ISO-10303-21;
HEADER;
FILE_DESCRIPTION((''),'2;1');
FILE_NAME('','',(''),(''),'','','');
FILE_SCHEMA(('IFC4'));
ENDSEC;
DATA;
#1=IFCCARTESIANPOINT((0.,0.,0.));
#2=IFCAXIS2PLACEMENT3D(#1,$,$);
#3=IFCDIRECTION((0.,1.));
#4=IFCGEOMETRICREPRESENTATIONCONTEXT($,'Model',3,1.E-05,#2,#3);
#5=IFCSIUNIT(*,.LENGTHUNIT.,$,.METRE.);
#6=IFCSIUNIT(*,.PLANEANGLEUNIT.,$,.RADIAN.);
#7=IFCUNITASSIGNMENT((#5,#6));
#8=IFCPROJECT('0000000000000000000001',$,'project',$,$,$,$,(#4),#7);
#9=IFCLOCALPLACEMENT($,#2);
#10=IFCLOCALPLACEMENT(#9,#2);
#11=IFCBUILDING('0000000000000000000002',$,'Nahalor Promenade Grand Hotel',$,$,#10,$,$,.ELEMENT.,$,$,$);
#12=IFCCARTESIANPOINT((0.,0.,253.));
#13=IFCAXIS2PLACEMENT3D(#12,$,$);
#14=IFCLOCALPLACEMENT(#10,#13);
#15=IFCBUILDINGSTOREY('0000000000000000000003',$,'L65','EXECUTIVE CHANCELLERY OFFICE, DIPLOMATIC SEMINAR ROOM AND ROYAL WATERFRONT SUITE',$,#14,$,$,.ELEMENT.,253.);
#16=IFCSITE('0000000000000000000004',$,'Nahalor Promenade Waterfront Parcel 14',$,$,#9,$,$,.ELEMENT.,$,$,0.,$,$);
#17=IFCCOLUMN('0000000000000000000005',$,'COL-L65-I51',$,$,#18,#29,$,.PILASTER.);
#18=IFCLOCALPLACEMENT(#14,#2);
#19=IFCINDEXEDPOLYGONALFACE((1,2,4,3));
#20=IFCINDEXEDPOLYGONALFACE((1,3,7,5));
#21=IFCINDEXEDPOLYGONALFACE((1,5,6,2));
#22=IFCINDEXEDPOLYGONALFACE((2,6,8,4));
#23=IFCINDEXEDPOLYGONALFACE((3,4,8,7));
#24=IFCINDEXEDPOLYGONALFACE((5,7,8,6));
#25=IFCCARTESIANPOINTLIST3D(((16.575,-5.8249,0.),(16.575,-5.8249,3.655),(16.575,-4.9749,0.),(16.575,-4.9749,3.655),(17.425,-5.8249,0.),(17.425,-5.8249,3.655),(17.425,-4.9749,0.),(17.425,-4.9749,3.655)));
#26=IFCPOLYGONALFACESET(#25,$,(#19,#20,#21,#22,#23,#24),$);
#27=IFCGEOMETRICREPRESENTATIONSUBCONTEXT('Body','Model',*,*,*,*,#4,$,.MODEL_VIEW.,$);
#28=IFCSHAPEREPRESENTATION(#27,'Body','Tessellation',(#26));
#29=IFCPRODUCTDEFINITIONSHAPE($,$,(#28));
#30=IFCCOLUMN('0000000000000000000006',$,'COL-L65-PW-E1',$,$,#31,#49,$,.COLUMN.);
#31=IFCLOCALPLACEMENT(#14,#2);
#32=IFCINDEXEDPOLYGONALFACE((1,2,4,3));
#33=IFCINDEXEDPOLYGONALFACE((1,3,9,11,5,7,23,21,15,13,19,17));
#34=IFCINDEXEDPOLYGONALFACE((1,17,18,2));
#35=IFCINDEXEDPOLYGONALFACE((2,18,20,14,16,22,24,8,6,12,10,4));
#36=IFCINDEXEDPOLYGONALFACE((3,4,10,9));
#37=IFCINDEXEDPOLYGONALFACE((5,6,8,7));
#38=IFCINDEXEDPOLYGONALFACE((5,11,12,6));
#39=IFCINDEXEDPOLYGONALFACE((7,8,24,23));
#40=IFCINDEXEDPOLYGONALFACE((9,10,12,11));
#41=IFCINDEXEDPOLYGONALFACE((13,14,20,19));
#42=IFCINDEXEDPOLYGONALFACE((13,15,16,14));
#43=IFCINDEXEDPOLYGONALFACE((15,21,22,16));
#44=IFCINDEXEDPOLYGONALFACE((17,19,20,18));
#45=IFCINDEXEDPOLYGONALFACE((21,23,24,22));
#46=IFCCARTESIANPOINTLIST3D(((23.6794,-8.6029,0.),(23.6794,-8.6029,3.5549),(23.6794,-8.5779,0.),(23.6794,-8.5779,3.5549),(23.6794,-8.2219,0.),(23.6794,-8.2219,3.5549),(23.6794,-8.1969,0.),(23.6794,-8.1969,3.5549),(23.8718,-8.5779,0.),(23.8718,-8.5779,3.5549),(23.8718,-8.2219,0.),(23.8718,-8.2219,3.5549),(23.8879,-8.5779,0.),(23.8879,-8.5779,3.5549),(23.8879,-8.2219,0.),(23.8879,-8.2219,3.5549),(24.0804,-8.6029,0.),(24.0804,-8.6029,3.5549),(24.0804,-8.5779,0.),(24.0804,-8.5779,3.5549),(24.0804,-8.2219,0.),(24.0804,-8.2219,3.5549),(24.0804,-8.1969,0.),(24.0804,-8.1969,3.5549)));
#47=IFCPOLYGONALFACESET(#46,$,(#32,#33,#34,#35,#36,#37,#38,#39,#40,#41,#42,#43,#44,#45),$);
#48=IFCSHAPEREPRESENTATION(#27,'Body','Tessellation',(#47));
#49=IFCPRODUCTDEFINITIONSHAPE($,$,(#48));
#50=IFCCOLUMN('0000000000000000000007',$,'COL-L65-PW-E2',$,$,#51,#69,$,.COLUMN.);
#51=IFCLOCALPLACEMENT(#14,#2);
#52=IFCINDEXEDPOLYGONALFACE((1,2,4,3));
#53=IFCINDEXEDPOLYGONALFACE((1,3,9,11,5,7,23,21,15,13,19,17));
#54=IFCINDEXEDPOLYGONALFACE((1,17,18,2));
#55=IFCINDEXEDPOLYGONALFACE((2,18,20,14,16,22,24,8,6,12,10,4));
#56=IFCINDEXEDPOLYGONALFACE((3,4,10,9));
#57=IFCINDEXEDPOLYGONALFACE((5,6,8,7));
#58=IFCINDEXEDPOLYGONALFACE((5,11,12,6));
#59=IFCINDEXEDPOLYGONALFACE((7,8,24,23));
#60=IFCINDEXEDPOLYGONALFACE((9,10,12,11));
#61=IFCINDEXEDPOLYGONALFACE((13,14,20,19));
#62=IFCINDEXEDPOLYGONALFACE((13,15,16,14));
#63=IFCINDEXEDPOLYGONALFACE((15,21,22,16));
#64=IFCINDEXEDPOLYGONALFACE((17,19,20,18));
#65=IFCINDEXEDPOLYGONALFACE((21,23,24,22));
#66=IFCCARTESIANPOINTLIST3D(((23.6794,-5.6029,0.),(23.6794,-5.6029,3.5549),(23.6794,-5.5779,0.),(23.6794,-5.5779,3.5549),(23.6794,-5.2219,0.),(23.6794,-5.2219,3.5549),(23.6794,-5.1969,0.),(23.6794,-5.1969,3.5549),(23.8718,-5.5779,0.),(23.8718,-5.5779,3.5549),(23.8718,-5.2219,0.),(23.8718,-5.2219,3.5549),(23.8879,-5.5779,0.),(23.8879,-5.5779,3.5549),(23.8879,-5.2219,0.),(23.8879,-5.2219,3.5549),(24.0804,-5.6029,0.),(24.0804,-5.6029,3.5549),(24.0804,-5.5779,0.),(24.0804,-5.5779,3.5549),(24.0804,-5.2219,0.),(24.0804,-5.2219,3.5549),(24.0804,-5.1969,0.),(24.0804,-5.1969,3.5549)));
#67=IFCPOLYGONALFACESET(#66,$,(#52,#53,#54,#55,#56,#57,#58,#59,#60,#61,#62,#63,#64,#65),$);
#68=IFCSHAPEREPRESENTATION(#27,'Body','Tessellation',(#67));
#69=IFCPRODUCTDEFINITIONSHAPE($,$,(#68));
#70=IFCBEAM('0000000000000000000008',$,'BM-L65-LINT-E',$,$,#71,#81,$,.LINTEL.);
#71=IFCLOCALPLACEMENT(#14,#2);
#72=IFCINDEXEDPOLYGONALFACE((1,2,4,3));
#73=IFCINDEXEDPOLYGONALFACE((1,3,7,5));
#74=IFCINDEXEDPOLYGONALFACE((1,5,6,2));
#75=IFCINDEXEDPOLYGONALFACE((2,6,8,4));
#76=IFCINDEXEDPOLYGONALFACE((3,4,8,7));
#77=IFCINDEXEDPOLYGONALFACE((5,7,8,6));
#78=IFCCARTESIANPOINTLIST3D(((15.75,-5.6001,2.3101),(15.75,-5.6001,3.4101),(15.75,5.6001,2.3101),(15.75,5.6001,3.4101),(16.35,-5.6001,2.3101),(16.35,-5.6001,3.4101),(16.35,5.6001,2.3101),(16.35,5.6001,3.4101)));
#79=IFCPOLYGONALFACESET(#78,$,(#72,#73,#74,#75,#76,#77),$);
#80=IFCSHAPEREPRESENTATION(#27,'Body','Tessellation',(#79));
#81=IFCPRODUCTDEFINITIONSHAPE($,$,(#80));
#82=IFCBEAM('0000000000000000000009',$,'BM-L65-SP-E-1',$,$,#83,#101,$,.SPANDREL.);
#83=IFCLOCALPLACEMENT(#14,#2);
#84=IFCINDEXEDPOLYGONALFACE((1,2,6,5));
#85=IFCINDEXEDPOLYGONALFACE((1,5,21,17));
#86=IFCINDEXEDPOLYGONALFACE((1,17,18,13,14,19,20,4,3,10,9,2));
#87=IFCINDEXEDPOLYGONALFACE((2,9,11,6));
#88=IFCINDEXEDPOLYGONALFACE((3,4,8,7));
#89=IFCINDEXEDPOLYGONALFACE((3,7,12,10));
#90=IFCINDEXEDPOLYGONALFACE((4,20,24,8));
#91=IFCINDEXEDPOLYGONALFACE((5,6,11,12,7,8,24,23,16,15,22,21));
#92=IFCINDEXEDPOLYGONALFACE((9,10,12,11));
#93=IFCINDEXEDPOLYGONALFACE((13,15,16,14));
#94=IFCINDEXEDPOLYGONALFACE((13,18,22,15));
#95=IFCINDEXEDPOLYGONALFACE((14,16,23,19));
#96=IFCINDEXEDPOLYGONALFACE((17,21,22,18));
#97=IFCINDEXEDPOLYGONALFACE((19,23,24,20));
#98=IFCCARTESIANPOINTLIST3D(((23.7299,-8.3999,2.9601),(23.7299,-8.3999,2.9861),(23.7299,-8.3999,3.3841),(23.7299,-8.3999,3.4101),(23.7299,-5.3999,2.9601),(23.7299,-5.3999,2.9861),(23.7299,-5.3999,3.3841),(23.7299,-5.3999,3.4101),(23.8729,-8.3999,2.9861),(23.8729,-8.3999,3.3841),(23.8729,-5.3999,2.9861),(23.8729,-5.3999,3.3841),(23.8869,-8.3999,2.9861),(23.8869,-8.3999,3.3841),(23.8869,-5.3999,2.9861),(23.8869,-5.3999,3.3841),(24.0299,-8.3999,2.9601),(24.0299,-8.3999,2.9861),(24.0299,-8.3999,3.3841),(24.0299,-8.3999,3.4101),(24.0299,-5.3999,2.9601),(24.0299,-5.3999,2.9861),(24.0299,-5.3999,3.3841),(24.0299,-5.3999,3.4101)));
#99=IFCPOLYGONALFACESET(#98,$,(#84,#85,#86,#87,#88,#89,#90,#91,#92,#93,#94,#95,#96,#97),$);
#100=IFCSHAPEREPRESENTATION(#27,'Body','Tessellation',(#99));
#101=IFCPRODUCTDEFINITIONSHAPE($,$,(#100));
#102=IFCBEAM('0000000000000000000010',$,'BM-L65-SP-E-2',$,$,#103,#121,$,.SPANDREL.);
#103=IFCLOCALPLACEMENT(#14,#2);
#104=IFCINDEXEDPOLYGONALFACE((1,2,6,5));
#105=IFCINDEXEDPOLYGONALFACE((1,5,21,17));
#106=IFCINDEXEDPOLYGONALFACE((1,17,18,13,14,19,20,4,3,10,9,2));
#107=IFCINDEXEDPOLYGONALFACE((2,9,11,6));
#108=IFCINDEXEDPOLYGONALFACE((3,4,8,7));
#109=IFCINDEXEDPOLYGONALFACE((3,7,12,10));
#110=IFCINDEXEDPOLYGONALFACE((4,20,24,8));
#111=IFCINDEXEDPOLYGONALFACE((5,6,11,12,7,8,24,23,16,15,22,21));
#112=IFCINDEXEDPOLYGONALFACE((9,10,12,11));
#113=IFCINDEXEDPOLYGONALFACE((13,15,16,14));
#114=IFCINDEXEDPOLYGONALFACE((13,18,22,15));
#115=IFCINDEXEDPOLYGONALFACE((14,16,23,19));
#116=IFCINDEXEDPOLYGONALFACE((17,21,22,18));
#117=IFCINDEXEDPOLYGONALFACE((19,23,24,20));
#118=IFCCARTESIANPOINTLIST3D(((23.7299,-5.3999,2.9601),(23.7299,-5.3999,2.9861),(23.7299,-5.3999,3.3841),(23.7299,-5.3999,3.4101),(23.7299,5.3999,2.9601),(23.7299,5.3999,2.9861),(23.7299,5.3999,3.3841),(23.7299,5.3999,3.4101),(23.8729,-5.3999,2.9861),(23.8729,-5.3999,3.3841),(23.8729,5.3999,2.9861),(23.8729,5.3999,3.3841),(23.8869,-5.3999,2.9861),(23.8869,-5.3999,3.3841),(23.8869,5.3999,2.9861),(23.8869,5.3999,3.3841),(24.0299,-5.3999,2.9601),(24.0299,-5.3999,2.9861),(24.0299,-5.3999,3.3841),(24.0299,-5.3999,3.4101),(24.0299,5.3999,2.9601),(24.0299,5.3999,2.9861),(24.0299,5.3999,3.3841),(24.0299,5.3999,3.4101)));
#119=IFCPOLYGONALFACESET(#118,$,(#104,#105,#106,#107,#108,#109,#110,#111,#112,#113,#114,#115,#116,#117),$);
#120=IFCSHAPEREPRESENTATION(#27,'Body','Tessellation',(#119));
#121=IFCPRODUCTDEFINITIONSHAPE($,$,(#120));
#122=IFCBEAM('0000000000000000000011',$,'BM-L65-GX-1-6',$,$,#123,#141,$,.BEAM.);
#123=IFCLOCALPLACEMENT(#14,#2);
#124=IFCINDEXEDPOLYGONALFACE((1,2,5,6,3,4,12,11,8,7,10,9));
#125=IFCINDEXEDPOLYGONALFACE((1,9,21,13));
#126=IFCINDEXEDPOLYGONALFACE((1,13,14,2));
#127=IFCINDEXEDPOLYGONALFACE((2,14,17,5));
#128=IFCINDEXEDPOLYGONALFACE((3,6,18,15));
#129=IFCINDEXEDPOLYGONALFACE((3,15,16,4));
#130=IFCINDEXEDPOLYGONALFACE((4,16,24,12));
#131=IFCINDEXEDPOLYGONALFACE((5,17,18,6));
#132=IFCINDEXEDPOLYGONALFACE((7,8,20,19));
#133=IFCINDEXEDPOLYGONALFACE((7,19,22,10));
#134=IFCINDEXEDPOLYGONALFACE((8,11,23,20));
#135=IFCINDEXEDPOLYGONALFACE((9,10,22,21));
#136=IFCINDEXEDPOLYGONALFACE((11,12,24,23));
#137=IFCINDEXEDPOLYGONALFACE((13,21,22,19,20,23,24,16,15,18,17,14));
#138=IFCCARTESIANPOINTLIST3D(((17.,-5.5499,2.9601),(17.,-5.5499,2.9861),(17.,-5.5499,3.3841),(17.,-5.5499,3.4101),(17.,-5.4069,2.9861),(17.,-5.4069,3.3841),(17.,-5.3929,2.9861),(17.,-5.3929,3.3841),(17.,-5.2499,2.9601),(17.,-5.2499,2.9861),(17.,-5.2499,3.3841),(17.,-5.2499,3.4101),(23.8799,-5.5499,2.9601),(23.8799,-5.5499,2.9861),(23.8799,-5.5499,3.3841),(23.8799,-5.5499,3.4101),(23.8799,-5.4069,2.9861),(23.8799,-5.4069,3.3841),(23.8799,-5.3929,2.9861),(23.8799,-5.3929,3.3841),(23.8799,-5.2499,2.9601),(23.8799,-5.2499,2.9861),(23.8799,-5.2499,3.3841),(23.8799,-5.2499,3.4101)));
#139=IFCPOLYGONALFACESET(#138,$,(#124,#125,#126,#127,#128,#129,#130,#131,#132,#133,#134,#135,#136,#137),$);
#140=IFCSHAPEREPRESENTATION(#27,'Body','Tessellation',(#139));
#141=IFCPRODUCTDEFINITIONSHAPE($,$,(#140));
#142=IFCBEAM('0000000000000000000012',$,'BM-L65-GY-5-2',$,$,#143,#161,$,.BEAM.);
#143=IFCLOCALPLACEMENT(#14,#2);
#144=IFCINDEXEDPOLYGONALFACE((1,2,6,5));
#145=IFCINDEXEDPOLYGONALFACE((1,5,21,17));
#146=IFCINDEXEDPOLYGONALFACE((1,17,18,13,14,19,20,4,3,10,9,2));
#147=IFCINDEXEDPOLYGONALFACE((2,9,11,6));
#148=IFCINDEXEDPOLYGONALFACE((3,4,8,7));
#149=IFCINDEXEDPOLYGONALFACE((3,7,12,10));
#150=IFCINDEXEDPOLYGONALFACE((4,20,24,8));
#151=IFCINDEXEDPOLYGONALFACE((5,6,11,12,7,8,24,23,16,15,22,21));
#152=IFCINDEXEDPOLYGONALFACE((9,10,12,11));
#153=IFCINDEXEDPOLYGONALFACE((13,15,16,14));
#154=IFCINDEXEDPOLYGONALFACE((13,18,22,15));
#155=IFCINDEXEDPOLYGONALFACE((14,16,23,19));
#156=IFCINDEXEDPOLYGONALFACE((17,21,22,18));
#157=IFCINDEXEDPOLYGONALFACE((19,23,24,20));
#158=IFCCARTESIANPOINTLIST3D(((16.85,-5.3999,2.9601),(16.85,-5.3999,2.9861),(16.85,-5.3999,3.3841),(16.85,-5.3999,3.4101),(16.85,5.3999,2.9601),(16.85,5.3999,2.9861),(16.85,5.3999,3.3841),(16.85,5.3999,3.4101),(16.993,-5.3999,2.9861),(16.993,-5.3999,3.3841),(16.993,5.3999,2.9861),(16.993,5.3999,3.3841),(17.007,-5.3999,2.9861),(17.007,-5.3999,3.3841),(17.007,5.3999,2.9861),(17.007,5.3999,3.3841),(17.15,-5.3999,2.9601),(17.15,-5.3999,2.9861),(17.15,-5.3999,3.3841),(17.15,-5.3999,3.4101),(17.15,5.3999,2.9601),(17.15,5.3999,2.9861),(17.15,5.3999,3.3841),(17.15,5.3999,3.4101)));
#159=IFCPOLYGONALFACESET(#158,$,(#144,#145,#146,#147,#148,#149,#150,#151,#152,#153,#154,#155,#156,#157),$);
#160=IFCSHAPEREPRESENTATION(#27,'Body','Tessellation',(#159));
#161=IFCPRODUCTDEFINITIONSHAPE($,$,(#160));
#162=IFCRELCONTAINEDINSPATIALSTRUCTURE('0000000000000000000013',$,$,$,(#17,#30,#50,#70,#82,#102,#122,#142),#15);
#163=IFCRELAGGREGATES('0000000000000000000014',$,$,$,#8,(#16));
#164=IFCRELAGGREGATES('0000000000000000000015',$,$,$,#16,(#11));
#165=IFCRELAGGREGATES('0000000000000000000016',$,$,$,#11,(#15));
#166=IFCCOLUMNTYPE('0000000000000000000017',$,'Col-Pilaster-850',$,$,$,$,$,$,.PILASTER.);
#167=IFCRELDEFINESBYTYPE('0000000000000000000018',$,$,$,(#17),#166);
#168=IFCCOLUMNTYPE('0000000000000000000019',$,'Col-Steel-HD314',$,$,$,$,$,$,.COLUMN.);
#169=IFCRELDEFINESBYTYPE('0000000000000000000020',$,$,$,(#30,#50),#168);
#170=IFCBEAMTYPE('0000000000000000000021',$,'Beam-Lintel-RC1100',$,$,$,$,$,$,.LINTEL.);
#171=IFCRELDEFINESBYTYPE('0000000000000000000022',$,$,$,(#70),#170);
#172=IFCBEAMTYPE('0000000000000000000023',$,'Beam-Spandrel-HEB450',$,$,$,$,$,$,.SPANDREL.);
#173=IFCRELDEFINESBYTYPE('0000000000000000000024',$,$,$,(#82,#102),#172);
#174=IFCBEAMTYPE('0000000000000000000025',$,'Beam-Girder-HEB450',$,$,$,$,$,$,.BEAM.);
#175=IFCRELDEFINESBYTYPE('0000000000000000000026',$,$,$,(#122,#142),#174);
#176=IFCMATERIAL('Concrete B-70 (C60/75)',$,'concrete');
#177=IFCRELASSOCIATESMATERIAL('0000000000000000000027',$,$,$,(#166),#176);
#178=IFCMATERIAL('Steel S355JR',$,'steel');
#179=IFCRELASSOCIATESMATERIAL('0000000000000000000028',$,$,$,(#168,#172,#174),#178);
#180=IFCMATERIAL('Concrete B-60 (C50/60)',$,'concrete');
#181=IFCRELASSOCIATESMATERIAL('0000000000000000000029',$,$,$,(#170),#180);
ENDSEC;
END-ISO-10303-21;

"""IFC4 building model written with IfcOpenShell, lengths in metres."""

from ifc_helpers import new_model, si_unit, direction, frame, origin, origin_2d, place, context, subcontext, project, spatial, rectangle, i_section, extrude, source, transform, mapped, material, material_profile, profile_set, type_object, element, save


model = new_model("IFC4")

# Units and contexts
model_context = context("Model", 3, precision=1e-05, world=origin(), true_north=direction((0.0, 1.0)))
body_context = subcontext(model_context, "Body", "Model", "MODEL_VIEW")
ifc_project = project(units=[si_unit("LENGTHUNIT", "METRE"), si_unit("PLANEANGLEUNIT", "RADIAN")], contexts=[model_context])

# Site, building, storey
site_placement = place(None, origin())
site = spatial("IfcSite", under=ifc_project, at=site_placement, Name="Nahalor Promenade Waterfront Parcel 14", CompositionType="ELEMENT", RefElevation=0.0)
building_placement = place(site_placement, origin())
building = spatial("IfcBuilding", under=site, at=building_placement, Name="Nahalor Promenade Grand Hotel", CompositionType="ELEMENT")
storey_placement = place(building_placement, frame((0.0, 0.0, 253.0)))
storey = spatial("IfcBuildingStorey", under=building, at=storey_placement, Name="L65", Description="EXECUTIVE CHANCELLERY OFFICE, DIPLOMATIC SEMINAR ROOM AND ROYAL WATERFRONT SUITE", CompositionType="ELEMENT", Elevation=253.0)

# Columns
ifc_material_1 = material(Name="Concrete B-70 (C60/75)", Category="concrete")
ifc_material_profile_1 = material_profile(ifc_material_1, rectangle(XDim=0.85, YDim=0.85, at=origin_2d()), Name="RC 850x850")
ifc_profile_set_1 = profile_set([ifc_material_profile_1], Name="Concrete B-70 (C60/75)")
column_type_1 = type_object("IfcColumnType", Name="Col-Pilaster-850", PredefinedType="PILASTER", material=ifc_profile_set_1)
shared_shape_1 = source(origin(), body_context, "Body", "SweptSolid", [
    extrude(rectangle(XDim=0.85, YDim=0.85, at=origin_2d()), origin(), (0.0, 0.0, 1.0), 3.655),
])
column_placement = place(storey_placement, frame((17.0, -5.3999, 0.0), z_axis=(0.0, 0.0, 1.0), x_axis=(1.0, 0.0, 0.0)))
element("IfcColumn", 1, at=column_placement, inside=storey, type_object=column_type_1, Name="COL-L65-I51", PredefinedType="PILASTER", context=body_context, shape_type="MappedRepresentation", body=[
    mapped(shared_shape_1, transform((0.0, 0.0, 0.0), scale=1.0)),
])
ifc_material_2 = material(Name="Steel S355JR", Category="steel")
ifc_material_profile_2 = material_profile(ifc_material_2, i_section(OverallWidth=0.401, OverallDepth=0.406, WebThickness=0.0161, FlangeThickness=0.025, at=origin_2d()), Name="HD 400x314")
ifc_profile_set_2 = profile_set([ifc_material_profile_2], Name="Steel S355JR")
column_type_2 = type_object("IfcColumnType", Name="Col-Steel-HD314", PredefinedType="COLUMN", material=ifc_profile_set_2)
shared_shape_2 = source(origin(), body_context, "Body", "SweptSolid", [
    extrude(i_section(OverallWidth=0.401, OverallDepth=0.406, WebThickness=0.0161, FlangeThickness=0.025, at=origin_2d()), origin(), (0.0, 0.0, 1.0), 3.5549),
])
for number, where, z_axis, x_axis, name in (
    (2, (23.8799, -8.3999, 0.0), (0.0, 0.0, 1.0), (1.0, 0.0, 0.0), "COL-L65-PW-E1"),
    (3, (23.8799, -5.3999, 0.0), (0.0, 0.0, 1.0), (1.0, 0.0, 0.0), "COL-L65-PW-E2"),
):
    element("IfcColumn", number, at=place(storey_placement, frame(where, z_axis=z_axis, x_axis=x_axis)), inside=storey, type_object=column_type_2, Name=name, PredefinedType="COLUMN", context=body_context, shape_type="MappedRepresentation", body=[
        mapped(shared_shape_2, transform((0.0, 0.0, 0.0), scale=1.0)),
    ])

# Beams
ifc_material_3 = material(Name="Concrete B-60 (C50/60)", Category="concrete")
ifc_material_profile_3 = material_profile(ifc_material_3, rectangle(XDim=0.6, YDim=1.1, at=origin_2d()), Name="RC 600x1100")
ifc_profile_set_3 = profile_set([ifc_material_profile_3], Name="Concrete B-60 (C50/60)")
beam_type_1 = type_object("IfcBeamType", Name="Beam-Lintel-RC1100", PredefinedType="LINTEL", material=ifc_profile_set_3)
shared_shape_3 = source(origin(), body_context, "Body", "SweptSolid", [
    extrude(rectangle(XDim=0.6, YDim=1.1, at=origin_2d()), origin(), (0.0, 0.0, 1.0), 11.2002),
])
beam_1_placement = place(storey_placement, frame((16.05, -5.6001, 2.8601), z_axis=(0.0, 1.0, 0.0), x_axis=(-1.0, 0.0, 0.0)))
element("IfcBeam", 4, at=beam_1_placement, inside=storey, type_object=beam_type_1, Name="BM-L65-LINT-E", PredefinedType="LINTEL", context=body_context, shape_type="MappedRepresentation", body=[
    mapped(shared_shape_3, transform((0.0, 0.0, 0.0), scale=1.0)),
])
ifc_material_profile_4 = material_profile(ifc_material_2, i_section(OverallWidth=0.3, OverallDepth=0.45, WebThickness=0.014, FlangeThickness=0.026, at=origin_2d()), Name="HEB 450")
ifc_profile_set_4 = profile_set([ifc_material_profile_4], Name="Steel S355JR")
beam_type_2 = type_object("IfcBeamType", Name="Beam-Spandrel-HEB450", PredefinedType="SPANDREL", material=ifc_profile_set_4)
shared_shape_4 = source(origin(), body_context, "Body", "SweptSolid", [
    extrude(i_section(OverallWidth=0.3, OverallDepth=0.45, WebThickness=0.014, FlangeThickness=0.026, at=origin_2d()), origin(), (0.0, 0.0, 1.0), 3.0),
])
beam_2_placement = place(storey_placement, frame((23.8799, -8.3999, 3.1851), z_axis=(0.0, 1.0, 0.0), x_axis=(-1.0, 0.0, 0.0)))
element("IfcBeam", 5, at=beam_2_placement, inside=storey, type_object=beam_type_2, Name="BM-L65-SP-E-1", PredefinedType="SPANDREL", context=body_context, shape_type="MappedRepresentation", body=[
    mapped(shared_shape_4, transform((0.0, 0.0, 0.0), scale=1.0)),
])
shared_shape_5 = source(origin(), body_context, "Body", "SweptSolid", [
    extrude(i_section(OverallWidth=0.3, OverallDepth=0.45, WebThickness=0.014, FlangeThickness=0.026, at=origin_2d()), origin(), (0.0, 0.0, 1.0), 10.7998),
])
beam_3_placement = place(storey_placement, frame((23.8799, -5.3999, 3.1851), z_axis=(0.0, 1.0, 0.0), x_axis=(-1.0, 0.0, 0.0)))
element("IfcBeam", 6, at=beam_3_placement, inside=storey, type_object=beam_type_2, Name="BM-L65-SP-E-2", PredefinedType="SPANDREL", context=body_context, shape_type="MappedRepresentation", body=[
    mapped(shared_shape_5, transform((0.0, 0.0, 0.0), scale=1.0)),
])
ifc_material_profile_5 = material_profile(ifc_material_2, i_section(OverallWidth=0.3, OverallDepth=0.45, WebThickness=0.014, FlangeThickness=0.026, at=origin_2d()), Name="HEB 450")
ifc_profile_set_5 = profile_set([ifc_material_profile_5], Name="Steel S355JR")
beam_type_3 = type_object("IfcBeamType", Name="Beam-Girder-HEB450", PredefinedType="BEAM", material=ifc_profile_set_5)
shared_shape_6 = source(origin(), body_context, "Body", "SweptSolid", [
    extrude(i_section(OverallWidth=0.3, OverallDepth=0.45, WebThickness=0.014, FlangeThickness=0.026, at=origin_2d()), origin(), (0.0, 0.0, 1.0), 6.8799),
])
beam_4_placement = place(storey_placement, frame((17.0, -5.3999, 3.1851), z_axis=(1.0, 0.0, 0.0), x_axis=(0.0, 1.0, 0.0)))
element("IfcBeam", 7, at=beam_4_placement, inside=storey, type_object=beam_type_3, Name="BM-L65-GX-1-6", PredefinedType="BEAM", context=body_context, shape_type="MappedRepresentation", body=[
    mapped(shared_shape_6, transform((0.0, 0.0, 0.0), scale=1.0)),
])
shared_shape_7 = source(origin(), body_context, "Body", "SweptSolid", [
    extrude(i_section(OverallWidth=0.3, OverallDepth=0.45, WebThickness=0.014, FlangeThickness=0.026, at=origin_2d()), origin(), (0.0, 0.0, 1.0), 10.7998),
])
beam_5_placement = place(storey_placement, frame((17.0, -5.3999, 3.1851), z_axis=(0.0, 1.0, 0.0), x_axis=(-1.0, 0.0, 0.0)))
element("IfcBeam", 8, at=beam_5_placement, inside=storey, type_object=beam_type_3, Name="BM-L65-GY-5-2", PredefinedType="BEAM", context=body_context, shape_type="MappedRepresentation", body=[
    mapped(shared_shape_7, transform((0.0, 0.0, 0.0), scale=1.0)),
])

save(model, "model.ifc")
